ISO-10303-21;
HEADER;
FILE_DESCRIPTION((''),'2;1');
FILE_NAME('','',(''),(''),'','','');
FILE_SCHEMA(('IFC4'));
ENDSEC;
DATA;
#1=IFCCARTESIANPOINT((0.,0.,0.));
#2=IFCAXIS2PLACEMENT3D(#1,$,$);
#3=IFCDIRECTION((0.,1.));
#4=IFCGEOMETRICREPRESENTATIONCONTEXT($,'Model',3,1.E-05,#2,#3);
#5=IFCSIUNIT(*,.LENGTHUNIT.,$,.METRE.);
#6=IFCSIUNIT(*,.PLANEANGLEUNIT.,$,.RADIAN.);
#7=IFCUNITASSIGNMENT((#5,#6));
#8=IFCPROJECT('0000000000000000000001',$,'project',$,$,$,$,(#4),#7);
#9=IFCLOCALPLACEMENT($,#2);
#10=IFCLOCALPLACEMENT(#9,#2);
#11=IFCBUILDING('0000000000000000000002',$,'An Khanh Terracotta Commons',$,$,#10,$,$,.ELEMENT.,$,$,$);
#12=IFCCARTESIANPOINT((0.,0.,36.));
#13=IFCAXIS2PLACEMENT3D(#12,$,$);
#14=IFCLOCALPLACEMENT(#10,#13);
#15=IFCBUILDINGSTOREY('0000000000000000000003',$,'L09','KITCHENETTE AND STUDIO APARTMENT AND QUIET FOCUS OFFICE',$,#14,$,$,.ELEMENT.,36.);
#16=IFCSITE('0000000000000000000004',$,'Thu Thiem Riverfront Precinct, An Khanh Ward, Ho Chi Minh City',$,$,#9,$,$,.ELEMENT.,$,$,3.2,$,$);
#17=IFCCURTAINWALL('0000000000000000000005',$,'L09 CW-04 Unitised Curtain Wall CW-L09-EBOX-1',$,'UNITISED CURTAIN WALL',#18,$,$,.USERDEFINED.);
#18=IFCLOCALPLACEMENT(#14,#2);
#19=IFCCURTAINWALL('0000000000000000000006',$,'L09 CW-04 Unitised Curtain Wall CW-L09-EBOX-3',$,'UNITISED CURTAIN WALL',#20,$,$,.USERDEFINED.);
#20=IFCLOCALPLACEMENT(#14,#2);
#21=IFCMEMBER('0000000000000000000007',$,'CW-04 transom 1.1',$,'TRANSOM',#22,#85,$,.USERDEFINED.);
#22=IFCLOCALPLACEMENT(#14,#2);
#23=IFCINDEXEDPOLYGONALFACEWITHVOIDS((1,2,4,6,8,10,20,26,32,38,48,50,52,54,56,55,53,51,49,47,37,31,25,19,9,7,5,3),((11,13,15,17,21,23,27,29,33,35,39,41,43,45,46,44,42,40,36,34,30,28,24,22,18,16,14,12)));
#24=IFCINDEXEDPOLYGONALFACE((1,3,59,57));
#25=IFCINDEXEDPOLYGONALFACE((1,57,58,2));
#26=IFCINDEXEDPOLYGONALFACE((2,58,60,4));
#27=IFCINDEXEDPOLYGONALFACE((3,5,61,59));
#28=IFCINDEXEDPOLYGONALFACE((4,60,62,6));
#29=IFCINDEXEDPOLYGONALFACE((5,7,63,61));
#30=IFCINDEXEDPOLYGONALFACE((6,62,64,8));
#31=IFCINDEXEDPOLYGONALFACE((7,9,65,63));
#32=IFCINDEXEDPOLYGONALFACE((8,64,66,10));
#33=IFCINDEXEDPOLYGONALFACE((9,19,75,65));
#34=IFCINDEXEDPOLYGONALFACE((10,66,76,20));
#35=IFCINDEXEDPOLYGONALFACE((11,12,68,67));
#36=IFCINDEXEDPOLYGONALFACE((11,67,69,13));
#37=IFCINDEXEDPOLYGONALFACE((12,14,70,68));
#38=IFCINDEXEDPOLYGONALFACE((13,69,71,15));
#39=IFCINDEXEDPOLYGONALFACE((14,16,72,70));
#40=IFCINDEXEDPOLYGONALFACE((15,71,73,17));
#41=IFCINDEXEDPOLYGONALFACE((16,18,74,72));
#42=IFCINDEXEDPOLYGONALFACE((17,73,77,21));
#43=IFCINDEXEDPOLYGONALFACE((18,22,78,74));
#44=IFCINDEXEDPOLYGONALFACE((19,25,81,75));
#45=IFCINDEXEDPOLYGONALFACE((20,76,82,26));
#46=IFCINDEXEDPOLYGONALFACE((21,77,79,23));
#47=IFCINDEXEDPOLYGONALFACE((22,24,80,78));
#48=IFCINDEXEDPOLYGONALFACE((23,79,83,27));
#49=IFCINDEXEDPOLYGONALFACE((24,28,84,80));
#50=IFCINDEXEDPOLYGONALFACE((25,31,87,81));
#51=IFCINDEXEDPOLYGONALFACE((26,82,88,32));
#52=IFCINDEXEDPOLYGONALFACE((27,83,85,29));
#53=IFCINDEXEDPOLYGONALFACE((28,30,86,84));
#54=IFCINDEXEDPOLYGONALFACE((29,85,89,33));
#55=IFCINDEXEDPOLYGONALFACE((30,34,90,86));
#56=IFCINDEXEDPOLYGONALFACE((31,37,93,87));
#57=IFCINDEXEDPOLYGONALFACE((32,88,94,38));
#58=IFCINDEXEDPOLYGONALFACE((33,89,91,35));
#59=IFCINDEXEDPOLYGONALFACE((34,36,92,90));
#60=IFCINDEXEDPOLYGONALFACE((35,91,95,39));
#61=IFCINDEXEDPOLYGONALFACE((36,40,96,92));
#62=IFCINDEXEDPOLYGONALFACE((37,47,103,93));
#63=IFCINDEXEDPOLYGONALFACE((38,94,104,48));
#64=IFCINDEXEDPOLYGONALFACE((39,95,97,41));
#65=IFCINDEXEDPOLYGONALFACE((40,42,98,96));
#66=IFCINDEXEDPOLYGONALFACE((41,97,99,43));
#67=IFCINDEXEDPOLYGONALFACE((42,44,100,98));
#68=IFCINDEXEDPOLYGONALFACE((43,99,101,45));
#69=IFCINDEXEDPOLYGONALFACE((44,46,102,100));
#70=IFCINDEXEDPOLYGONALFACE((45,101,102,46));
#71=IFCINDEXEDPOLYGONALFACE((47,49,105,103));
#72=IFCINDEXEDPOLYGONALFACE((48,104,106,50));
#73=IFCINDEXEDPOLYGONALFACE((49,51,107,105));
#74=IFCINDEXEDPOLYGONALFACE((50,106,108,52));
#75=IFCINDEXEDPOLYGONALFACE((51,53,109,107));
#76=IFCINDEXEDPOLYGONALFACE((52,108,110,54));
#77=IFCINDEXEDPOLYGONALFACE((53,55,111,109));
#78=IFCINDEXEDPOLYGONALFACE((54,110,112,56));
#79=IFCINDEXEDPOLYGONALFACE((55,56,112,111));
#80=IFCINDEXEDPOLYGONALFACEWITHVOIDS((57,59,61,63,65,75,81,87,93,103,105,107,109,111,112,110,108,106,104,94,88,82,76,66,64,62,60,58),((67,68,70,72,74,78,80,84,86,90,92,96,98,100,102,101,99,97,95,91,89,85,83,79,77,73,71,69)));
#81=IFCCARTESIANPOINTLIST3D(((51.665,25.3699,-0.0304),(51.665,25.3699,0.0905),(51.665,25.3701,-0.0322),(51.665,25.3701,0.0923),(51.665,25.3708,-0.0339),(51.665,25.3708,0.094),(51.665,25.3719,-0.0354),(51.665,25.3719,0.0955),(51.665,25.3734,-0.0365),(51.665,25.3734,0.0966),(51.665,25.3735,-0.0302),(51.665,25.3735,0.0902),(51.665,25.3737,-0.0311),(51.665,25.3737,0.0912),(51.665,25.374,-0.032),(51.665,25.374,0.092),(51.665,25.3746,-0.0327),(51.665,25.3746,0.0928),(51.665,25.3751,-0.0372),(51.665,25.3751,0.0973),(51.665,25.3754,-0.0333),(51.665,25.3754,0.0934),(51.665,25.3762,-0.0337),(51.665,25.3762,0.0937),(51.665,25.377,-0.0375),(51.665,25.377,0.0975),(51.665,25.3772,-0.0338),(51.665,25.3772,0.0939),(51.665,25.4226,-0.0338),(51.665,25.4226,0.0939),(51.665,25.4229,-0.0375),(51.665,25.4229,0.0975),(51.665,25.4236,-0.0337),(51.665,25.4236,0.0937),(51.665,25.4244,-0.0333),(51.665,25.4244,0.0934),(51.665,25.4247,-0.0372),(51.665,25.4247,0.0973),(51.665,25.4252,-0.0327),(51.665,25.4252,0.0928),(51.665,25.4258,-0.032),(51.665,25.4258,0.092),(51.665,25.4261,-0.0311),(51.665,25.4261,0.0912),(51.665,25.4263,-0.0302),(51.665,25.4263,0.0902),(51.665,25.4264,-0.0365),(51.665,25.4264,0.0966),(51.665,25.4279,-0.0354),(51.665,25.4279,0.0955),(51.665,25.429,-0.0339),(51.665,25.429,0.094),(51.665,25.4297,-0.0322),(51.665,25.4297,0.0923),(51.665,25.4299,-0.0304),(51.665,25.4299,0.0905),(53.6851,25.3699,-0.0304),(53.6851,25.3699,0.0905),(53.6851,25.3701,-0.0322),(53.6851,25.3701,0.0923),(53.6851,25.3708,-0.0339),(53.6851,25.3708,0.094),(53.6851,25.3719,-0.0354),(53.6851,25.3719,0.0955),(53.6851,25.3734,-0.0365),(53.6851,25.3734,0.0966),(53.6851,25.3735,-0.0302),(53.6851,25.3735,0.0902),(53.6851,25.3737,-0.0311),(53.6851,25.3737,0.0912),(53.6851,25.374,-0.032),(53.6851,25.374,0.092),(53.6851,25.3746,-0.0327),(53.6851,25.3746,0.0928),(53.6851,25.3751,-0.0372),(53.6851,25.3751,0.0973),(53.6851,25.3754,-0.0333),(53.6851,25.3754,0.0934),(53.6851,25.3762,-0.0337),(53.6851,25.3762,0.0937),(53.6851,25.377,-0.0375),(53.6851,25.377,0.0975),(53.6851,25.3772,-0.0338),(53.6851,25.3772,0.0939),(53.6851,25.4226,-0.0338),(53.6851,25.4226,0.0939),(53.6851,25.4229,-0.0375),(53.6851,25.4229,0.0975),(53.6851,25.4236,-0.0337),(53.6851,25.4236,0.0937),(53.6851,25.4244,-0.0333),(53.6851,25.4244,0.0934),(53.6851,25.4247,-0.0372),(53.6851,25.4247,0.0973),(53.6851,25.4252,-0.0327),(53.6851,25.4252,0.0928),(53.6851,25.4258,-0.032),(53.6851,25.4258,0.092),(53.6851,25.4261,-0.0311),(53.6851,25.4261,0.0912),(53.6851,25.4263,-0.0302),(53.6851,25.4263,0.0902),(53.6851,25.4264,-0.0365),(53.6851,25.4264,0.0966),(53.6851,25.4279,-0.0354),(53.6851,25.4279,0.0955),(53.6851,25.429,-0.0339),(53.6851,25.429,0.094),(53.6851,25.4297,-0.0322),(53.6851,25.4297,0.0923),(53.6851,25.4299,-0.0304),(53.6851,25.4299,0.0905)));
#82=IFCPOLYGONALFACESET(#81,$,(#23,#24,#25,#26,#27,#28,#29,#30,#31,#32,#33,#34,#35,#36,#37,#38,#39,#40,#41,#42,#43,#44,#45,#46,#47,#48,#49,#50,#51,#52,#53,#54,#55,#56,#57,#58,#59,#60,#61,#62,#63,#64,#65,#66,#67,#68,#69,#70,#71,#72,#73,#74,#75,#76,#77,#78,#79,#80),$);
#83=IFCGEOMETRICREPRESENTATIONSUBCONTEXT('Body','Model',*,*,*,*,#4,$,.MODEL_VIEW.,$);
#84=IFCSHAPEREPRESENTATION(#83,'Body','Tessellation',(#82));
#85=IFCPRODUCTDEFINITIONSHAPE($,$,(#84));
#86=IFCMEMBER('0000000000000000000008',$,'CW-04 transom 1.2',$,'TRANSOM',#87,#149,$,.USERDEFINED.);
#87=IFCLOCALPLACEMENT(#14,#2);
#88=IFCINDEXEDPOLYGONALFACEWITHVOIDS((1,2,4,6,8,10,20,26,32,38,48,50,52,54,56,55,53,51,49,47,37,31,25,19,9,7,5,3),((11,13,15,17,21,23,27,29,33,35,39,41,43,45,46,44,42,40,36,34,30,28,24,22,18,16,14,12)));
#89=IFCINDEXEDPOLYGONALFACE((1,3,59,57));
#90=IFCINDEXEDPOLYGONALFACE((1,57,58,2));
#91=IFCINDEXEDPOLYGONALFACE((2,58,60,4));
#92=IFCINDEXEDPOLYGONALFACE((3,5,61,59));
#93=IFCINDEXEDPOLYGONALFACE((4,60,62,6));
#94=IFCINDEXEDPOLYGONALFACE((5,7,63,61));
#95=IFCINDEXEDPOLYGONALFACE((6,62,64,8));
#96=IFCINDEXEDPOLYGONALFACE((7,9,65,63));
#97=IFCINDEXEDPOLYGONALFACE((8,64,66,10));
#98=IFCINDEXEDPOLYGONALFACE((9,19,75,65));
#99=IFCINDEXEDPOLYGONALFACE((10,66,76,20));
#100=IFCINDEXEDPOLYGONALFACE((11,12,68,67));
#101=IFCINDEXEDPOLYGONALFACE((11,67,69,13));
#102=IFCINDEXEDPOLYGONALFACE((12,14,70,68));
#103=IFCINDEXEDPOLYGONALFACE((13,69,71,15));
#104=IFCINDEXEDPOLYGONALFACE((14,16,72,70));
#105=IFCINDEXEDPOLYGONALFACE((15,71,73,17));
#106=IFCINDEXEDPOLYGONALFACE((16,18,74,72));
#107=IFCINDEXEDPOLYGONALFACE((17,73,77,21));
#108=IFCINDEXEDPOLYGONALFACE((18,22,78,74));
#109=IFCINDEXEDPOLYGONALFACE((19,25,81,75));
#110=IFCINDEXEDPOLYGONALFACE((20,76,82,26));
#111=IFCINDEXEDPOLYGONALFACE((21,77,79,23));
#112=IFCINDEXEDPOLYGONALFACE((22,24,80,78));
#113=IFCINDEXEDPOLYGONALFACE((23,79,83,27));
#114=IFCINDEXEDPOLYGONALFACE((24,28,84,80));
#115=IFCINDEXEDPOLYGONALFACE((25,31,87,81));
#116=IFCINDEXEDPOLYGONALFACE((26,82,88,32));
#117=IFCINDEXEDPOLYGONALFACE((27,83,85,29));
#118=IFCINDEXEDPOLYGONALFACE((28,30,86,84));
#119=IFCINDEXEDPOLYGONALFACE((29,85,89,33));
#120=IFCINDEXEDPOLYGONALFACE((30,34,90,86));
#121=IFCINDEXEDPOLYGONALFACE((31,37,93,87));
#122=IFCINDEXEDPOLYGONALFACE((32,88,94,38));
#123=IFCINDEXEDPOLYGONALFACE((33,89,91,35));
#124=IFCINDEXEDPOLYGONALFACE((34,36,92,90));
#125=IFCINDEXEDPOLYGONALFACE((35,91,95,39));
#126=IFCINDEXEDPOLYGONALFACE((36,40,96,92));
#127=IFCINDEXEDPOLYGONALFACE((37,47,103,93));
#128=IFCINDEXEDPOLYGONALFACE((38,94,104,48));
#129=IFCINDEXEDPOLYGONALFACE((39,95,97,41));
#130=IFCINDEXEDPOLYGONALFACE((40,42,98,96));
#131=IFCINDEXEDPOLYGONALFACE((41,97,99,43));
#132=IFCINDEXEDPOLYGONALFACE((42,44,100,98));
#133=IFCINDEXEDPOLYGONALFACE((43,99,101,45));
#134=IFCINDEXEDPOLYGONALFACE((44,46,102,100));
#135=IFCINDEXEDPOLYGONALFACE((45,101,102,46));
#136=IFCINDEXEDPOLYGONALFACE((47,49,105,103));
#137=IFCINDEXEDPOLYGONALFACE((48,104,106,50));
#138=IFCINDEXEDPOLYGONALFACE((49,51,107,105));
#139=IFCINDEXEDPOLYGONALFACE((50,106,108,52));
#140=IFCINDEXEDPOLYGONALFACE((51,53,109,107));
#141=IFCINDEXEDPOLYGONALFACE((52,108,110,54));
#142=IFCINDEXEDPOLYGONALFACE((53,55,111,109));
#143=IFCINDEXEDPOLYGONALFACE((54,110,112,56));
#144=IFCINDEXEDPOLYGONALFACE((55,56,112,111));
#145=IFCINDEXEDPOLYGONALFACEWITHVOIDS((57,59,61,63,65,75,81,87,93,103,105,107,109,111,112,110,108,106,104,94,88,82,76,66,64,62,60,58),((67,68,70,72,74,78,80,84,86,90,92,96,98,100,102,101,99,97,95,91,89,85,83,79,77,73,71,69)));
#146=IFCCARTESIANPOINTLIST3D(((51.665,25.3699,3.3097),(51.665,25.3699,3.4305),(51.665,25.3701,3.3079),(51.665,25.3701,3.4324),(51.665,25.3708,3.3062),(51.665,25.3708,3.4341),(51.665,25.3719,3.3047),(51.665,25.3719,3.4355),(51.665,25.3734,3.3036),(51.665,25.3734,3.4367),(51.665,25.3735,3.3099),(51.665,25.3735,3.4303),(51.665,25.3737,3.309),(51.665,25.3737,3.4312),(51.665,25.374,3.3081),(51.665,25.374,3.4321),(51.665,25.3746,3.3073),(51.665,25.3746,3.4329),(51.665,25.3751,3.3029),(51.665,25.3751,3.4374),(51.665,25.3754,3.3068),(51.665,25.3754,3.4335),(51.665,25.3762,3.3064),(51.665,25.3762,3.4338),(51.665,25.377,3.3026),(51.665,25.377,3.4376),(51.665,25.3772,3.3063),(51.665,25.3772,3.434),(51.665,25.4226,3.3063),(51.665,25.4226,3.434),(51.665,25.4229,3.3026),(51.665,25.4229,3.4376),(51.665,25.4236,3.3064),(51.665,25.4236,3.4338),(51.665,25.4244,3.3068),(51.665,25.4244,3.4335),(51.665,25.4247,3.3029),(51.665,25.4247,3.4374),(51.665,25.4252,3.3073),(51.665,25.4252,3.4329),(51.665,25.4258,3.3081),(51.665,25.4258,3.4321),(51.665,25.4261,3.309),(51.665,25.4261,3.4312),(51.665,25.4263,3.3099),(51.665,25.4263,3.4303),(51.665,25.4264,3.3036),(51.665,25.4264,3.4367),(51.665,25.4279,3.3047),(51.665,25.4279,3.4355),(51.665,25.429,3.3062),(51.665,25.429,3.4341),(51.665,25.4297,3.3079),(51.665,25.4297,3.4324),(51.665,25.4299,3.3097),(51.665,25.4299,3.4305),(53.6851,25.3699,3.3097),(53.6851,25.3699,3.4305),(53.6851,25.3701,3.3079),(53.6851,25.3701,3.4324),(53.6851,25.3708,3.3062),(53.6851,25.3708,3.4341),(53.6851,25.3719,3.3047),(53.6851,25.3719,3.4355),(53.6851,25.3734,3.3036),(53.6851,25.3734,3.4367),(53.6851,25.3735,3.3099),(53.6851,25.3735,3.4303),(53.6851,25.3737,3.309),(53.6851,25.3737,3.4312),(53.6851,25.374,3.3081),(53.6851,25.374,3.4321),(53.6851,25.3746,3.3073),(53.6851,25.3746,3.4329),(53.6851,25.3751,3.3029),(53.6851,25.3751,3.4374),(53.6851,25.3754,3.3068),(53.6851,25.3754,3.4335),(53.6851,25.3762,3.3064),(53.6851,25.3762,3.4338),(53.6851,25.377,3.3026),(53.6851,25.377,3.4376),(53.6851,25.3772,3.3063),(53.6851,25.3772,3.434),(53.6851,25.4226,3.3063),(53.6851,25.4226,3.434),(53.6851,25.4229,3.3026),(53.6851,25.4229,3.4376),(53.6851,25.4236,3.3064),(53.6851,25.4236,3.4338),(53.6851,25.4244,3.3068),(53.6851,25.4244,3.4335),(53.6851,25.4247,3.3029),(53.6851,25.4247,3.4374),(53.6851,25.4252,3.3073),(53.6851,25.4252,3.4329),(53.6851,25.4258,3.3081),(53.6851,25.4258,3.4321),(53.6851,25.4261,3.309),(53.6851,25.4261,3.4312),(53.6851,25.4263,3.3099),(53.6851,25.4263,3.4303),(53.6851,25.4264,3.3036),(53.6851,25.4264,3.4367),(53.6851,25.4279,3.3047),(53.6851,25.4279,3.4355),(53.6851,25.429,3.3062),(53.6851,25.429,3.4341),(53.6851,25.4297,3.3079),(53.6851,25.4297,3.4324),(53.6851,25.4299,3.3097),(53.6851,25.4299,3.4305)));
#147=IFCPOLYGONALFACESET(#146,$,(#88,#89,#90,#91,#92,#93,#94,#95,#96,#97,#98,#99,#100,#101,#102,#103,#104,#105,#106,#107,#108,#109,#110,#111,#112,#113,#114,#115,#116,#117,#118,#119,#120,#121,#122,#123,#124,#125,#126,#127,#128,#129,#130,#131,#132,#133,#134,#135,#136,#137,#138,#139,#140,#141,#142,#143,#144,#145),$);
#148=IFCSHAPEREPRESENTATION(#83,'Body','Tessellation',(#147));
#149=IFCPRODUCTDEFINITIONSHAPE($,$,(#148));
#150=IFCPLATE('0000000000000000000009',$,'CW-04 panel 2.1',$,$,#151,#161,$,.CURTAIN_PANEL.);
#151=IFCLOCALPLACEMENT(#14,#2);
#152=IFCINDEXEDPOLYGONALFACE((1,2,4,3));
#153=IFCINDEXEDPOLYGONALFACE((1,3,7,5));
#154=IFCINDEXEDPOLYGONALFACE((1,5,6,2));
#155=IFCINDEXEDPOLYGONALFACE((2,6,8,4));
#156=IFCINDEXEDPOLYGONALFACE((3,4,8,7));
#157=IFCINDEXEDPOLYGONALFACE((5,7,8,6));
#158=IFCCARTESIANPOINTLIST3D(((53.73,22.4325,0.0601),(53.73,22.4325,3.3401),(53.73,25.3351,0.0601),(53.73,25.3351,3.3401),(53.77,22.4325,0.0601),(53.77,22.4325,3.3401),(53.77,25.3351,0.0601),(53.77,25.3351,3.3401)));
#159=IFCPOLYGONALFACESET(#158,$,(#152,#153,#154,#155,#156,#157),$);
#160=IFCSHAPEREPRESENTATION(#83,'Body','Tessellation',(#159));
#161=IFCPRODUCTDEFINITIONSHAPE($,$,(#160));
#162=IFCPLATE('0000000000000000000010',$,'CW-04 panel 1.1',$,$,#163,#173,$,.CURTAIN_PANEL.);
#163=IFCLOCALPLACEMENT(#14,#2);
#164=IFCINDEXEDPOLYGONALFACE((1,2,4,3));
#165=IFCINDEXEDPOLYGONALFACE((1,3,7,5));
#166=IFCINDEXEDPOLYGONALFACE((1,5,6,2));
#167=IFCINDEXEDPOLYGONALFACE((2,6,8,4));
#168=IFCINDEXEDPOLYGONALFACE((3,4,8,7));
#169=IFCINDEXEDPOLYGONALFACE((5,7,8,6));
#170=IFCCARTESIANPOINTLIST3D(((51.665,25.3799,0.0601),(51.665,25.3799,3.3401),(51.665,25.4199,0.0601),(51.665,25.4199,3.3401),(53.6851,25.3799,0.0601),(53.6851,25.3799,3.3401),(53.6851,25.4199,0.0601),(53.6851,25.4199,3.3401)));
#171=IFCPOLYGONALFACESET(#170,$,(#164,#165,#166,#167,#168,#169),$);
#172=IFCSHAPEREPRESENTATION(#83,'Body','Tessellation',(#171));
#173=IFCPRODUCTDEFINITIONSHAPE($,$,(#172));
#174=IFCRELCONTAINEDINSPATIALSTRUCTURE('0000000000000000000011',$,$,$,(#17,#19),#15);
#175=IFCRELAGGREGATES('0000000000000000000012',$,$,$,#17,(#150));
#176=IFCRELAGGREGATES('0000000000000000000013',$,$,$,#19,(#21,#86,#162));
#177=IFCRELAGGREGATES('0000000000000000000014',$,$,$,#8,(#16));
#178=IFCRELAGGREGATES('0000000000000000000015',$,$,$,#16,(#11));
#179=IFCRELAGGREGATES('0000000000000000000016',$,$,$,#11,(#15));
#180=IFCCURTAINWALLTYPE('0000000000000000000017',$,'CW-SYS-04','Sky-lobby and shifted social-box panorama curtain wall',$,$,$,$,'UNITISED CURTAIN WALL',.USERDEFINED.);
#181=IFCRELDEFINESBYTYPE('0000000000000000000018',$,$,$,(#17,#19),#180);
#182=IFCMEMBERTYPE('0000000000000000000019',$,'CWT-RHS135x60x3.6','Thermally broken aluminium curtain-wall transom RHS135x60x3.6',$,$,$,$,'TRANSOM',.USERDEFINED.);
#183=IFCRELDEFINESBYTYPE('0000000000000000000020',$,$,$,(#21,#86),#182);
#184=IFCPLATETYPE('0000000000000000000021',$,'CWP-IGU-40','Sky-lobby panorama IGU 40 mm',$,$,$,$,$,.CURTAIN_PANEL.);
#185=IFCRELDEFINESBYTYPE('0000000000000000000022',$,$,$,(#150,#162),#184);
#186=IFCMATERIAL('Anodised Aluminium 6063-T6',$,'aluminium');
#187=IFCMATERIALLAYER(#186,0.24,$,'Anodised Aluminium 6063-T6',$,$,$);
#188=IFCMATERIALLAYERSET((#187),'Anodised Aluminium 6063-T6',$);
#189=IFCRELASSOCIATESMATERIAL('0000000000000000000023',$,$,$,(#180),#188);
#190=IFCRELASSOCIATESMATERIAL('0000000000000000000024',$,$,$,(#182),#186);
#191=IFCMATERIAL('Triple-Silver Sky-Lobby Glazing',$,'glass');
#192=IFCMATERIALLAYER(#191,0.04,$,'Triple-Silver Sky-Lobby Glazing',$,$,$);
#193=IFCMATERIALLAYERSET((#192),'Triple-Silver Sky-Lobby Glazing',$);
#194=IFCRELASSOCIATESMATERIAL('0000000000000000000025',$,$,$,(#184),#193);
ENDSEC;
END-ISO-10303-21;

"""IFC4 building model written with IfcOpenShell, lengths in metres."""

from ifc_helpers import new_model, si_unit, direction, frame, origin, origin_2d, place, context, subcontext, project, spatial, rectangle, hollow_rectangle, extrude, material, layer, layer_set, material_profile, profile_set, type_object, element, aggregate, save


model = new_model("IFC4")

# Units and contexts
model_context = context("Model", 3, precision=1e-05, world=origin(), true_north=direction((0.0, 1.0)))
body_context = subcontext(model_context, "Body", "Model", "MODEL_VIEW")
ifc_project = project(units=[si_unit("LENGTHUNIT", "METRE"), si_unit("PLANEANGLEUNIT", "RADIAN")], contexts=[model_context])

# Site, building, storey
site_placement = place(None, origin())
site = spatial("IfcSite", under=ifc_project, at=site_placement, Name="Thu Thiem Riverfront Precinct, An Khanh Ward, Ho Chi Minh City", CompositionType="ELEMENT", RefElevation=3.2)
building_placement = place(site_placement, origin())
building = spatial("IfcBuilding", under=site, at=building_placement, Name="An Khanh Terracotta Commons", CompositionType="ELEMENT")
storey_placement = place(building_placement, frame((0.0, 0.0, 36.0)))
storey = spatial("IfcBuildingStorey", under=building, at=storey_placement, Name="L09", Description="KITCHENETTE AND STUDIO APARTMENT AND QUIET FOCUS OFFICE", CompositionType="ELEMENT", Elevation=36.0)

# Curtain wall
ifc_material_1 = material(Name="Anodised Aluminium 6063-T6", Category="aluminium")
ifc_layer_1 = layer(ifc_material_1, 0.24, Name="Anodised Aluminium 6063-T6")
ifc_layer_set_1 = layer_set([ifc_layer_1], Name="Anodised Aluminium 6063-T6")
curtain_wall_type = type_object("IfcCurtainWallType", Name="CW-SYS-04", Description="Sky-lobby and shifted social-box panorama curtain wall", ElementType="UNITISED CURTAIN WALL", PredefinedType="USERDEFINED", material=ifc_layer_set_1)
curtain_wall_1_placement = place(storey_placement, origin())
curtain_wall_1 = element("IfcCurtainWall", 1, at=curtain_wall_1_placement, inside=storey, type_object=curtain_wall_type, Name="L09 CW-04 Unitised Curtain Wall CW-L09-EBOX-1", ObjectType="UNITISED CURTAIN WALL", PredefinedType="USERDEFINED")

# Curtain wall
curtain_wall_2_placement = place(storey_placement, origin())
curtain_wall_2 = element("IfcCurtainWall", 2, at=curtain_wall_2_placement, inside=storey, type_object=curtain_wall_type, Name="L09 CW-04 Unitised Curtain Wall CW-L09-EBOX-3", ObjectType="UNITISED CURTAIN WALL", PredefinedType="USERDEFINED")

# Members
ifc_material_profile_1 = material_profile(ifc_material_1, hollow_rectangle(XDim=0.0601, YDim=0.135, WallThickness=0.0037, InnerFilletRadius=0.0037, OuterFilletRadius=0.0071, at=origin_2d()), Name="RHS135x60x3.6")
ifc_profile_set_1 = profile_set([ifc_material_profile_1], Name="Anodised Aluminium 6063-T6")
member_type_1 = type_object("IfcMemberType", Name="CWT-RHS135x60x3.6", Description="Thermally broken aluminium curtain-wall transom RHS135x60x3.6", ElementType="TRANSOM", PredefinedType="USERDEFINED", material=ifc_profile_set_1)
member_1_placement = place(storey_placement, frame((53.6851, 25.3999, 0.03), z_axis=(-1.0, 0.0, 0.0), x_axis=(0.0, -1.0, 0.0)))
member_1 = element("IfcMember", 3, at=member_1_placement, type_object=member_type_1, Name="CW-04 transom 1.1", ObjectType="TRANSOM", PredefinedType="USERDEFINED", context=body_context, shape_type="SweptSolid", body=[
    extrude(hollow_rectangle(XDim=0.0601, YDim=0.135, WallThickness=0.0037, InnerFilletRadius=0.0037, OuterFilletRadius=0.0071, at=origin_2d()), origin(), (0.0, 0.0, 1.0), 2.02),
])
member_2_placement = place(storey_placement, frame((53.6851, 25.3999, 3.3701), z_axis=(-1.0, 0.0, 0.0), x_axis=(0.0, -1.0, 0.0)))
member_2 = element("IfcMember", 4, at=member_2_placement, type_object=member_type_1, Name="CW-04 transom 1.2", ObjectType="TRANSOM", PredefinedType="USERDEFINED", context=body_context, shape_type="SweptSolid", body=[
    extrude(hollow_rectangle(XDim=0.0601, YDim=0.135, WallThickness=0.0037, InnerFilletRadius=0.0037, OuterFilletRadius=0.0071, at=origin_2d()), origin(), (0.0, 0.0, 1.0), 2.02),
])

# Plates
ifc_material_2 = material(Name="Triple-Silver Sky-Lobby Glazing", Category="glass")
ifc_layer_2 = layer(ifc_material_2, 0.04, Name="Triple-Silver Sky-Lobby Glazing")
ifc_layer_set_2 = layer_set([ifc_layer_2], Name="Triple-Silver Sky-Lobby Glazing")
plate_type = type_object("IfcPlateType", Name="CWP-IGU-40", Description="Sky-lobby panorama IGU 40 mm", PredefinedType="CURTAIN_PANEL", material=ifc_layer_set_2)
plate_1_placement = place(storey_placement, frame((53.75, 23.8838, 0.0601), z_axis=(0.0, 0.0, 1.0), x_axis=(0.0, 1.0, 0.0)))
plate_1 = element("IfcPlate", 5, at=plate_1_placement, type_object=plate_type, Name="CW-04 panel 2.1", PredefinedType="CURTAIN_PANEL", context=body_context, shape_type="SweptSolid", body=[
    extrude(rectangle(XDim=2.9026, YDim=0.04, at=origin_2d()), origin(), (0.0, 0.0, 1.0), 3.28),
])
aggregate(curtain_wall_1, [plate_1])
plate_2_placement = place(storey_placement, frame((52.675, 25.3999, 0.0601), z_axis=(0.0, 0.0, 1.0), x_axis=(-1.0, 0.0, 0.0)))
plate_2 = element("IfcPlate", 6, at=plate_2_placement, type_object=plate_type, Name="CW-04 panel 1.1", PredefinedType="CURTAIN_PANEL", context=body_context, shape_type="SweptSolid", body=[
    extrude(rectangle(XDim=2.02, YDim=0.04, at=origin_2d()), origin(), (0.0, 0.0, 1.0), 3.28),
])
aggregate(curtain_wall_2, [member_1, member_2, plate_2])

save(model, "model.ifc")
